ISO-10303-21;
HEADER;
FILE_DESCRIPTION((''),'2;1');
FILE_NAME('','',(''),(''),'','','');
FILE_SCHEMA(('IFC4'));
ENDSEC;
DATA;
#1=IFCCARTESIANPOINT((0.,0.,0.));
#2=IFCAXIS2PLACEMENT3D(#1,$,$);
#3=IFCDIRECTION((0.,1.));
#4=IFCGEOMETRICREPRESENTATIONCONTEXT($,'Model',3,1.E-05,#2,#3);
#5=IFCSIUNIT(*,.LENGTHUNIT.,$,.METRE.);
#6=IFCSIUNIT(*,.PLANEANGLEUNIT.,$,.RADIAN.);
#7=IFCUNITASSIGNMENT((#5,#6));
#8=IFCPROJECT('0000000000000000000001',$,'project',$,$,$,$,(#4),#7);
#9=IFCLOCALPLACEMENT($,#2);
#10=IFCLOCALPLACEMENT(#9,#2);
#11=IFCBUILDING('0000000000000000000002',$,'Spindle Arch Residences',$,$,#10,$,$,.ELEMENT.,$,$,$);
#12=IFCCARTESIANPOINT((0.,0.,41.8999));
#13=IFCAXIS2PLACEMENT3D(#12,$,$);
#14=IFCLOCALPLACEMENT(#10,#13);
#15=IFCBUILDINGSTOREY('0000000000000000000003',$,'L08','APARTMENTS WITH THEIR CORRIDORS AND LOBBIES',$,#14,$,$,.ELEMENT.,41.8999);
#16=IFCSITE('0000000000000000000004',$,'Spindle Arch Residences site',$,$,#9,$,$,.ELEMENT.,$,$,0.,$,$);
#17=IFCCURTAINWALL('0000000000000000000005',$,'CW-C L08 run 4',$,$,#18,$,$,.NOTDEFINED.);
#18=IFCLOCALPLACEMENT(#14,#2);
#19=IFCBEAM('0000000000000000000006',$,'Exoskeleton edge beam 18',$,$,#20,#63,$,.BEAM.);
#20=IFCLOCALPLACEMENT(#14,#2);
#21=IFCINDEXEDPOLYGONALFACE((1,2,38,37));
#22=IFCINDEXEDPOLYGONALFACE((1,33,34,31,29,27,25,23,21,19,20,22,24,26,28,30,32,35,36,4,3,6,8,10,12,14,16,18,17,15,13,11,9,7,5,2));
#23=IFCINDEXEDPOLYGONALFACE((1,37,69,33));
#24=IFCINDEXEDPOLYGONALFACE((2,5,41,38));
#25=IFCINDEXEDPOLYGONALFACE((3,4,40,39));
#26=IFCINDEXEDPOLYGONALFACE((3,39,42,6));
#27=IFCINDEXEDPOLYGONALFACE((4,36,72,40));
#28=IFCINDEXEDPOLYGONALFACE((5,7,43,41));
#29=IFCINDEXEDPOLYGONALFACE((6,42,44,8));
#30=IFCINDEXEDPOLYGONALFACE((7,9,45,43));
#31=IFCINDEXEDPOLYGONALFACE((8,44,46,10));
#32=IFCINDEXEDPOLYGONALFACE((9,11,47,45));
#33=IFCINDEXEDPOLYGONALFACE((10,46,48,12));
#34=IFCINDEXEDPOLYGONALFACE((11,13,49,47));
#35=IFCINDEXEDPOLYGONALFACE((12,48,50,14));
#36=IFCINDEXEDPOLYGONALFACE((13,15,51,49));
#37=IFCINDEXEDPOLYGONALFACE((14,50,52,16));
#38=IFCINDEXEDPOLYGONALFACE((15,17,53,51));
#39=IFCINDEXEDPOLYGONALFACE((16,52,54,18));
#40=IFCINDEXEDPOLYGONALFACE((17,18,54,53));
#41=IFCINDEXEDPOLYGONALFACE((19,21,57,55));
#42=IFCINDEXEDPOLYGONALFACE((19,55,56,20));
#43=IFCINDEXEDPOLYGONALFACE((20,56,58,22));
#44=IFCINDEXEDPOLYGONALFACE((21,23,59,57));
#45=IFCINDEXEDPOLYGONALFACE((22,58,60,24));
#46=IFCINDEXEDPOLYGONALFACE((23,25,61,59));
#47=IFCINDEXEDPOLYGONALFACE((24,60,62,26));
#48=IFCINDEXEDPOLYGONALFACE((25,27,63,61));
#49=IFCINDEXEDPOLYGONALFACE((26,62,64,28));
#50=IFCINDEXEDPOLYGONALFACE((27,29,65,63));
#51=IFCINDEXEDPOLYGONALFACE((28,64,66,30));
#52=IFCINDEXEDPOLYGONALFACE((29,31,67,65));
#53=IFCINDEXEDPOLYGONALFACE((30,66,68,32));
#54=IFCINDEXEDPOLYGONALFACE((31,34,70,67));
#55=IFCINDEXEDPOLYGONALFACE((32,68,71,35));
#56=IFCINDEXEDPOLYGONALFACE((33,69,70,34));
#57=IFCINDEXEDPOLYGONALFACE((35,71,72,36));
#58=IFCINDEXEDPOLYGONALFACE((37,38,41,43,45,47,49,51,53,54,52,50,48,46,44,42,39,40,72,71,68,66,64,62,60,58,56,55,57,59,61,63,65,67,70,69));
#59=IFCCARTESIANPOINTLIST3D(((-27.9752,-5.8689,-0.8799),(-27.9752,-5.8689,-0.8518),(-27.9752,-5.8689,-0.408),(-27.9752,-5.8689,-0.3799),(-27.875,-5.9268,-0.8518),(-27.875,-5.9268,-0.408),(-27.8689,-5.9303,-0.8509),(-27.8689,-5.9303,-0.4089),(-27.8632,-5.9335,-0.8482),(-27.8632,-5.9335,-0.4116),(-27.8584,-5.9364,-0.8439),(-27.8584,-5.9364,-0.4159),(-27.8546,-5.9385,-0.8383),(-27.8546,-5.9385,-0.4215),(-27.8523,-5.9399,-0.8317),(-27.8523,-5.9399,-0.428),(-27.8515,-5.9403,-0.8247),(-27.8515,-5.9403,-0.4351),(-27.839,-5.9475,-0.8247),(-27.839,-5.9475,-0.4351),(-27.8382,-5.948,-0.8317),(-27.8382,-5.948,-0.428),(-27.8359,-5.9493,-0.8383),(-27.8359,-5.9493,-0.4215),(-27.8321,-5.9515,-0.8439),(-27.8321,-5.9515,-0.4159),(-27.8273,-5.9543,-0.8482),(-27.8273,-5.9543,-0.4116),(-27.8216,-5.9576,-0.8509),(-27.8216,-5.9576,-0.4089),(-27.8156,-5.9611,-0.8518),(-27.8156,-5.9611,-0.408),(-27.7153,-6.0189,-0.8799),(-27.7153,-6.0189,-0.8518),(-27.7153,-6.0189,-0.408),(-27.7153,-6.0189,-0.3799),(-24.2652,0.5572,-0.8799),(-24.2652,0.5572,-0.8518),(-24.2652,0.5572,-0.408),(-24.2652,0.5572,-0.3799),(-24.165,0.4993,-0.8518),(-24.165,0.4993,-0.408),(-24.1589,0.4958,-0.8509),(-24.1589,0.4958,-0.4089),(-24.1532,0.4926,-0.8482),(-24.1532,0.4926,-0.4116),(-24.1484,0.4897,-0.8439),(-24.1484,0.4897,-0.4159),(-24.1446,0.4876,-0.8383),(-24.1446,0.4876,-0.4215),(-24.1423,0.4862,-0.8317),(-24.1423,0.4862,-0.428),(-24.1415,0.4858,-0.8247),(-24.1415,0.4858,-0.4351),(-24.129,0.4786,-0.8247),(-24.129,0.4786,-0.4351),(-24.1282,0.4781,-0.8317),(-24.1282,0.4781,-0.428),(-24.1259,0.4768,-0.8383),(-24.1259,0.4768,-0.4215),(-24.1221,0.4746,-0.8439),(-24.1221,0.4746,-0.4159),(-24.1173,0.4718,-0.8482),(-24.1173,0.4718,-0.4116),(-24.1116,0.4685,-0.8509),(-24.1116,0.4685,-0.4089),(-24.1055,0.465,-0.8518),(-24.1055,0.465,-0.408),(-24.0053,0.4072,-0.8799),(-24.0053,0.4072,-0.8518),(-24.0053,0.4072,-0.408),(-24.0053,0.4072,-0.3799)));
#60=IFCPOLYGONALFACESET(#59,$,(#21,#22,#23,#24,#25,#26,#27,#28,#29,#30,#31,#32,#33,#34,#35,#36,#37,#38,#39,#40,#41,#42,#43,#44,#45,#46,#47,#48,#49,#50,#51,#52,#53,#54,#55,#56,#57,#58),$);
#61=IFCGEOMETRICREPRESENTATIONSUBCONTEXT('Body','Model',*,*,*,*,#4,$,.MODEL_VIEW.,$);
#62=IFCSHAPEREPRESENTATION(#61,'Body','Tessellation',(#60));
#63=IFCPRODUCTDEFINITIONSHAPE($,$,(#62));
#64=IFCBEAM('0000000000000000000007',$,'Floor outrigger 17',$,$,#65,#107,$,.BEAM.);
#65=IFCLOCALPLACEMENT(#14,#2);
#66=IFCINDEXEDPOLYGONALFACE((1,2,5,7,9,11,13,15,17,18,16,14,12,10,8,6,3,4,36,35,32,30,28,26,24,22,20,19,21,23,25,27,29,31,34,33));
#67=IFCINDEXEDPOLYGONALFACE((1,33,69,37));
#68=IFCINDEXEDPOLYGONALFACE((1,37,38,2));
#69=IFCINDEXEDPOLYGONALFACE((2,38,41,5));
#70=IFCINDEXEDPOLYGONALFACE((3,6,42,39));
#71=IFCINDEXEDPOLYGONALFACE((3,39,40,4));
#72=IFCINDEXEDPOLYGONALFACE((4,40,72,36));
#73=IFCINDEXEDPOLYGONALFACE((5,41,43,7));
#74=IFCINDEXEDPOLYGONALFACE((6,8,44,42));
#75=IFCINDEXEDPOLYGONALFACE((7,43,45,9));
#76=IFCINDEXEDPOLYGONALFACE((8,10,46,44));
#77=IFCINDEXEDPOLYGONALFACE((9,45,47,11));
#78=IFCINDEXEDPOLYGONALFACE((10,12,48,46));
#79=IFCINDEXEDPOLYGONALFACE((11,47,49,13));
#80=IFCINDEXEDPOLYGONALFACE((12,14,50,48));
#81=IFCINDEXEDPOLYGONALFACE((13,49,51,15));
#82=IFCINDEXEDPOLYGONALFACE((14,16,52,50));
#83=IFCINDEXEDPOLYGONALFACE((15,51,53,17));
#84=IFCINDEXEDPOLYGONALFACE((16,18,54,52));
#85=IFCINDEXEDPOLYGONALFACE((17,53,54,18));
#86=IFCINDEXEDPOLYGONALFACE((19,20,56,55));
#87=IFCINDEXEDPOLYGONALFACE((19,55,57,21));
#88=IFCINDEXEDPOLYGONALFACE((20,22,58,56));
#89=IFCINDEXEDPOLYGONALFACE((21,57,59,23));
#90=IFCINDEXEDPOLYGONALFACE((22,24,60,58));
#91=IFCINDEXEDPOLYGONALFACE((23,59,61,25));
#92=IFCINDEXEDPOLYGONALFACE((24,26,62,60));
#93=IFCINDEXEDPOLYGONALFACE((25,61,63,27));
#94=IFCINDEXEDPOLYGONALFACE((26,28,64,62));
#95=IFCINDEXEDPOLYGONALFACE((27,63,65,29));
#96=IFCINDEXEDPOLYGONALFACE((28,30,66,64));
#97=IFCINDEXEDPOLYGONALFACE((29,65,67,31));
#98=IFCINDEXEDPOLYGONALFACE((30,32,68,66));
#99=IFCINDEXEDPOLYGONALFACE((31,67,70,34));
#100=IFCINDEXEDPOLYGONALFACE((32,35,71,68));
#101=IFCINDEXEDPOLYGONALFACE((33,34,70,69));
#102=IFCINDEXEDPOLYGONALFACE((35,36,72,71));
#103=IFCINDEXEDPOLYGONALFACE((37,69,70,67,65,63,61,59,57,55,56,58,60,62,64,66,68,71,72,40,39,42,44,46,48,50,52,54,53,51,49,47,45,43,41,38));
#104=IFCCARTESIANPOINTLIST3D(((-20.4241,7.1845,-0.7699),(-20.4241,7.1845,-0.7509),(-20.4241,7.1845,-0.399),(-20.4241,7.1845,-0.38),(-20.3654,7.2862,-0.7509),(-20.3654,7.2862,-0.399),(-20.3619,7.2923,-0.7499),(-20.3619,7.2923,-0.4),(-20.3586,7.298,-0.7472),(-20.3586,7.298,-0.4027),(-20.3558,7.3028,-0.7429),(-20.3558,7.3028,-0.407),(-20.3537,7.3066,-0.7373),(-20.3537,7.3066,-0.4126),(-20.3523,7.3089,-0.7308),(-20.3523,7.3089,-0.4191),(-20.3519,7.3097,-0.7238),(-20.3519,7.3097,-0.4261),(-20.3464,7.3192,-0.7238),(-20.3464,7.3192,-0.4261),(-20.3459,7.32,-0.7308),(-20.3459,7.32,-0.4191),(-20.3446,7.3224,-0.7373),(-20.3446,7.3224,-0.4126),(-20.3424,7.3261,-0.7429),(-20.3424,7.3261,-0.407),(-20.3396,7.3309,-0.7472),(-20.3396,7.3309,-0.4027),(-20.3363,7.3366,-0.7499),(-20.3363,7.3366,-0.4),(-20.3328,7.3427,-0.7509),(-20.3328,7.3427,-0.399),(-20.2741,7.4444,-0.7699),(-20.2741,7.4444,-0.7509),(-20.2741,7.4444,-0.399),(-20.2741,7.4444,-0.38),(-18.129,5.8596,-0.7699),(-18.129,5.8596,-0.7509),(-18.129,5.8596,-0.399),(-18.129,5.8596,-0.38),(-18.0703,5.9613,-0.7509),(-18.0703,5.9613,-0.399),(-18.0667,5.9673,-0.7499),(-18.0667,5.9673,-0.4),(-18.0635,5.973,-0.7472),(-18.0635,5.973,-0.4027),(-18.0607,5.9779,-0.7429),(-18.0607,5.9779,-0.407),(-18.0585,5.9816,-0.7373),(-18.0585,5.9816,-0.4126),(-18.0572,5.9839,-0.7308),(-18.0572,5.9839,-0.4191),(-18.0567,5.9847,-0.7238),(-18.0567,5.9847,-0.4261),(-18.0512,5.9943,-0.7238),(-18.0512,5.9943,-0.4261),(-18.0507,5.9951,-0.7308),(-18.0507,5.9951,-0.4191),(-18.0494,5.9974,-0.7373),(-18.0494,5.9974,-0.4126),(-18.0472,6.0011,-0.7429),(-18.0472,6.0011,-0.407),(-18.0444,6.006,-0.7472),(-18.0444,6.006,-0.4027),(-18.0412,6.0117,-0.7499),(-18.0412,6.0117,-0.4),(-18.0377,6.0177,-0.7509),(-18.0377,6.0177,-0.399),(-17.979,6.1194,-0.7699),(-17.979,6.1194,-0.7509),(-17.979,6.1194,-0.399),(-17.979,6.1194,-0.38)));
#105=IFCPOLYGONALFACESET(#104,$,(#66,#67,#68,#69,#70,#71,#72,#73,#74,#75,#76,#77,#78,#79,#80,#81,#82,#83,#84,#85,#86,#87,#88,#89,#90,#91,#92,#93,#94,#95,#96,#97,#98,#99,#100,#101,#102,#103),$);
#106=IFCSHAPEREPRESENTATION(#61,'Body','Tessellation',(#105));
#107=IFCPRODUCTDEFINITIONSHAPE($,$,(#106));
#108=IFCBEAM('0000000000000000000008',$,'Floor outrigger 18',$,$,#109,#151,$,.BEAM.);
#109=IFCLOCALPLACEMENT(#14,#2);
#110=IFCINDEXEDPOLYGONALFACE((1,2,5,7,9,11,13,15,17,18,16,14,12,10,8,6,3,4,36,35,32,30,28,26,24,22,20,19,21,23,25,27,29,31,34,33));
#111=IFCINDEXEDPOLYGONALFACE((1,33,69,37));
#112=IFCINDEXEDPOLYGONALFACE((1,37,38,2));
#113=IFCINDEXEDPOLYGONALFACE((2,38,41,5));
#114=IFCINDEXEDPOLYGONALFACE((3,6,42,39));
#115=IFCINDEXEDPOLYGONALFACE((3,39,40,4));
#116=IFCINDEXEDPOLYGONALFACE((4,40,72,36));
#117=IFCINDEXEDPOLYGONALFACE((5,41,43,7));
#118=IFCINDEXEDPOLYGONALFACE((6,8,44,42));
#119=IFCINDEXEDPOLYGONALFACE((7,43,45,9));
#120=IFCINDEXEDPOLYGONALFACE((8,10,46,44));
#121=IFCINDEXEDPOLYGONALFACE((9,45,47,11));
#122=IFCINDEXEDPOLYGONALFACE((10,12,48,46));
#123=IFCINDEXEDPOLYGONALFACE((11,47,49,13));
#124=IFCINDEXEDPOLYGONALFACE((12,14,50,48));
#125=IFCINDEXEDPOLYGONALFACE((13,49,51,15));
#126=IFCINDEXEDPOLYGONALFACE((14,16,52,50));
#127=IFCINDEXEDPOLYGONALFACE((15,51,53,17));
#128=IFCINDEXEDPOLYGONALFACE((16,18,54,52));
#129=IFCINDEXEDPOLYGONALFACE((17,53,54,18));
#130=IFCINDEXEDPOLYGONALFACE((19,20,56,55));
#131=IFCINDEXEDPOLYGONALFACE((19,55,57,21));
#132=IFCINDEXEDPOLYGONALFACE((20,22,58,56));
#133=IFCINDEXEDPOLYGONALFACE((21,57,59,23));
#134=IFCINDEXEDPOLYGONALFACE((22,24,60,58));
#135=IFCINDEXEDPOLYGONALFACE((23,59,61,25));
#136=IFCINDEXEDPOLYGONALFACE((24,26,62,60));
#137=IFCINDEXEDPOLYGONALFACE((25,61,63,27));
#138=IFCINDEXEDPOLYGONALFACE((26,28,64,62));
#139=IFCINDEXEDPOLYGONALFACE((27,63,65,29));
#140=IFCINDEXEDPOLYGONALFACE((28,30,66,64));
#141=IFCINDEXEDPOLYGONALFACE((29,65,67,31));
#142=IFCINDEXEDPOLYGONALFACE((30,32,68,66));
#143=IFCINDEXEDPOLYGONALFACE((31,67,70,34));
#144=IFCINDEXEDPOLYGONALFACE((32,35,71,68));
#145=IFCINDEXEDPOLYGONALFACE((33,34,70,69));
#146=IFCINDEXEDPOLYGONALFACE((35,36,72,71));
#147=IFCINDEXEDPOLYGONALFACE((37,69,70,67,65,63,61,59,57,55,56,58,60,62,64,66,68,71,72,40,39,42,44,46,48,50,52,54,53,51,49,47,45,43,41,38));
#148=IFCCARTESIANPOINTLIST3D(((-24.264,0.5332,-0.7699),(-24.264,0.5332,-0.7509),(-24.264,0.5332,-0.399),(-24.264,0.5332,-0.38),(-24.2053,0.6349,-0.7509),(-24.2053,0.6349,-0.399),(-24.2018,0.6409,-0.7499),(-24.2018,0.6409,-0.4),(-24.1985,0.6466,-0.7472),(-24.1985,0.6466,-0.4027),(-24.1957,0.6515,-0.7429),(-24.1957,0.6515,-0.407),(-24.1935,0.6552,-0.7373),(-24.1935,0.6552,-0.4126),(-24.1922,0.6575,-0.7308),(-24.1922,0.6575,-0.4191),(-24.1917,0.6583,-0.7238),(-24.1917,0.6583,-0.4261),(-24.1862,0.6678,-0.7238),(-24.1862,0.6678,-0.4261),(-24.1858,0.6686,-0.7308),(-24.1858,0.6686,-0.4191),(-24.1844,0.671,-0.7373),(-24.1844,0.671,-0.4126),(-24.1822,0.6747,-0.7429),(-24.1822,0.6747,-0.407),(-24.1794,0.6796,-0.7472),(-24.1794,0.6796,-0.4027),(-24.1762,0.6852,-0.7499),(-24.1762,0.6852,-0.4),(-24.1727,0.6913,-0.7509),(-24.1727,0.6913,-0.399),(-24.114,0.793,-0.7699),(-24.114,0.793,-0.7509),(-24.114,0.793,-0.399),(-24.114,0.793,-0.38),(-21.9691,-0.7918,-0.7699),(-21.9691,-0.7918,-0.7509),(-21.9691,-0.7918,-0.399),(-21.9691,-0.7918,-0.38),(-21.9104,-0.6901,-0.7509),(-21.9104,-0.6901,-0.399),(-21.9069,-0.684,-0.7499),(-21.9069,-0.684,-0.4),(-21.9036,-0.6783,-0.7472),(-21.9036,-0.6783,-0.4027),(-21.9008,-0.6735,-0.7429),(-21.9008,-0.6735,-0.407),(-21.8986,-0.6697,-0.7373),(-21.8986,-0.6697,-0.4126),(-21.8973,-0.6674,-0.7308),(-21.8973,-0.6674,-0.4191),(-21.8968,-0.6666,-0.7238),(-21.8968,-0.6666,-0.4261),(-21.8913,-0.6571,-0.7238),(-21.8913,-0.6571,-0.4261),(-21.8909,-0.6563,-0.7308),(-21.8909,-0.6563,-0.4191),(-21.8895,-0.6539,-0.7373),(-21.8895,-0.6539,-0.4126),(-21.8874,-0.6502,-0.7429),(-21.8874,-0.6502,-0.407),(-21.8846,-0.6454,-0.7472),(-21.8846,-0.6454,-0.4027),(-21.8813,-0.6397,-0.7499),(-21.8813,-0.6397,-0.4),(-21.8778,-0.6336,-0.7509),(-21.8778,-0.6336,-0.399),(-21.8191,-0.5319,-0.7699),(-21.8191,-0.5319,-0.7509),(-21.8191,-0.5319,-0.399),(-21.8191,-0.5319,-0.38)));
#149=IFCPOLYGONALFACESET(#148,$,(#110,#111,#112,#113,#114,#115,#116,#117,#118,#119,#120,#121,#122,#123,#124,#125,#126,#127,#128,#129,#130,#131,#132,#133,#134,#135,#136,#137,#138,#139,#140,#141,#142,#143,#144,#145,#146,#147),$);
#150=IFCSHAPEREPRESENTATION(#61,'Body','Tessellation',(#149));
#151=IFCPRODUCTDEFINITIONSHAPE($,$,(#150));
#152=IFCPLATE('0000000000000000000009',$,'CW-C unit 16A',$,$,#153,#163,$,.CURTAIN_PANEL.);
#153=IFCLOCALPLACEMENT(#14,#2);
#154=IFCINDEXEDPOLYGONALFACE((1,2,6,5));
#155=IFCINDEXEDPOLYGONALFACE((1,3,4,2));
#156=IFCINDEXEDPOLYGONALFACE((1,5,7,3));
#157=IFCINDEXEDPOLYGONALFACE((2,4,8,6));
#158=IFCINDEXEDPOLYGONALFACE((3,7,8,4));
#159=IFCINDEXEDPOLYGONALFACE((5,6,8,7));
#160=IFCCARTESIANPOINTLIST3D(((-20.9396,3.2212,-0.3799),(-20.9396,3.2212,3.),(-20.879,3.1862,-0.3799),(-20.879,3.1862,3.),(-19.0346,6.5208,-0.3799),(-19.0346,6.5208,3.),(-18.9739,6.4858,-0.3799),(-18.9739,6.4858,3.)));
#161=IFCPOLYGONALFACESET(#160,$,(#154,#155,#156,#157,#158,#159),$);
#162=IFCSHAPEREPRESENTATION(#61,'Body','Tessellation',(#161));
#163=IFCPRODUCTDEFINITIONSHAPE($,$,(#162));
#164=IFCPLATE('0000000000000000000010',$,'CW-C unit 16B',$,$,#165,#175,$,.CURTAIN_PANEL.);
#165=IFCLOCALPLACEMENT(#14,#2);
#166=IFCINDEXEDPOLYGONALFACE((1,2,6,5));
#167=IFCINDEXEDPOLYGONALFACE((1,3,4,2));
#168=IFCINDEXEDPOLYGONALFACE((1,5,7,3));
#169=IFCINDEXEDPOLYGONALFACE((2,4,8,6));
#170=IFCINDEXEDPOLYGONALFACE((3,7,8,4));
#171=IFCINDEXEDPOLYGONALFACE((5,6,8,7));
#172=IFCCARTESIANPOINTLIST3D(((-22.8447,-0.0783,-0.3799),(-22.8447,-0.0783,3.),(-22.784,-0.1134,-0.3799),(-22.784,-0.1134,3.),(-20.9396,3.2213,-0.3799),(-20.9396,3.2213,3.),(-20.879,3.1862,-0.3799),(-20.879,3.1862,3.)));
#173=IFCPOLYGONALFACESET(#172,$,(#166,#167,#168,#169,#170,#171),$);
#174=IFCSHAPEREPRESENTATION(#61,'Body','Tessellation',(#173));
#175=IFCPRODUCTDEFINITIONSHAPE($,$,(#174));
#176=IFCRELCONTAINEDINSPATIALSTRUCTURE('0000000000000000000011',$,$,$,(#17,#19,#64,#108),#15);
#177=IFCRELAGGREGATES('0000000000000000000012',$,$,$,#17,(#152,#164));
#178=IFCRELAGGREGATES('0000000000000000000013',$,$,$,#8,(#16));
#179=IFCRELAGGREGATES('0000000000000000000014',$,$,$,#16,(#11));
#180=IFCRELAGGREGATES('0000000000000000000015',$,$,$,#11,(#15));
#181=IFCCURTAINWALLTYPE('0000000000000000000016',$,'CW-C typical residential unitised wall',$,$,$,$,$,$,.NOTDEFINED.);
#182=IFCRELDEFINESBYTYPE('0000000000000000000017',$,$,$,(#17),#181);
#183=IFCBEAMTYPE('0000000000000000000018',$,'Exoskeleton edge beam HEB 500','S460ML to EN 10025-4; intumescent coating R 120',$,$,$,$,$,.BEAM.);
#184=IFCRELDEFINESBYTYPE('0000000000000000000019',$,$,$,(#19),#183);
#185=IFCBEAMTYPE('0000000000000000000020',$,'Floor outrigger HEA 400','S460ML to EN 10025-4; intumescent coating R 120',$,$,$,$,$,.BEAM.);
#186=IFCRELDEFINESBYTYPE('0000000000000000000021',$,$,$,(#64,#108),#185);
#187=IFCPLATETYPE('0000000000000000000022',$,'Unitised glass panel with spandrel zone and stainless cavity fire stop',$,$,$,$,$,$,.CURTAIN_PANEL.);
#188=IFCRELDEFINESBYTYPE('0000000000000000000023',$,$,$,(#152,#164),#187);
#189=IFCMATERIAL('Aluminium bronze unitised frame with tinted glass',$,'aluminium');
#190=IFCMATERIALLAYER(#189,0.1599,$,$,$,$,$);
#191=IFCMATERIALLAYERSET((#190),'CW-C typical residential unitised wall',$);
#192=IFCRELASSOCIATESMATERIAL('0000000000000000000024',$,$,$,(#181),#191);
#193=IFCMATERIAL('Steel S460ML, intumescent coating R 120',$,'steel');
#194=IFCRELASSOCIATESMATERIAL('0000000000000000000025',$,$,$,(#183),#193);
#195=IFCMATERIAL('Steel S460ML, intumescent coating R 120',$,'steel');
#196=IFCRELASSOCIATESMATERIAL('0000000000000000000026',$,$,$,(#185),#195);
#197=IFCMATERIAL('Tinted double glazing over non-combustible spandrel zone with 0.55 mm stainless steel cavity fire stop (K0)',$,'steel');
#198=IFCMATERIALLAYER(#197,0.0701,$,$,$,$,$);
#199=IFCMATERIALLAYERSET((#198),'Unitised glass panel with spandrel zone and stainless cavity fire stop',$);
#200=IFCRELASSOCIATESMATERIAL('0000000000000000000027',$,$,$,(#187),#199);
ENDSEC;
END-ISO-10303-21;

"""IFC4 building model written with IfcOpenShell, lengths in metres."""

from ifc_helpers import new_model, si_unit, direction, frame, origin, origin_2d, place, context, subcontext, project, spatial, rectangle, i_section, extrude, material, layer, layer_set, material_profile, profile_set, type_object, element, aggregate, save


model = new_model("IFC4")

# Units and contexts
model_context = context("Model", 3, precision=1e-05, world=origin(), true_north=direction((0.0, 1.0)))
body_context = subcontext(model_context, "Body", "Model", "MODEL_VIEW")
ifc_project = project(units=[si_unit("LENGTHUNIT", "METRE"), si_unit("PLANEANGLEUNIT", "RADIAN")], contexts=[model_context])

# Site, building, storey
site_placement = place(None, origin())
site = spatial("IfcSite", under=ifc_project, at=site_placement, Name="Spindle Arch Residences site", CompositionType="ELEMENT", RefElevation=0.0)
building_placement = place(site_placement, origin())
building = spatial("IfcBuilding", under=site, at=building_placement, Name="Spindle Arch Residences", CompositionType="ELEMENT")
storey_placement = place(building_placement, frame((0.0, 0.0, 41.8999)))
storey = spatial("IfcBuildingStorey", under=building, at=storey_placement, Name="L08", Description="APARTMENTS WITH THEIR CORRIDORS AND LOBBIES", CompositionType="ELEMENT", Elevation=41.8999)

# Curtain wall
ifc_material_1 = material(Name="Aluminium bronze unitised frame with tinted glass", Category="aluminium")
ifc_layer_1 = layer(ifc_material_1, 0.1599)
ifc_layer_set_1 = layer_set([ifc_layer_1], Name="CW-C typical residential unitised wall")
curtain_wall_type = type_object("IfcCurtainWallType", Name="CW-C typical residential unitised wall", PredefinedType="NOTDEFINED", material=ifc_layer_set_1)
curtain_wall_placement = place(storey_placement, origin())
curtain_wall = element("IfcCurtainWall", 1, at=curtain_wall_placement, inside=storey, type_object=curtain_wall_type, Name="CW-C L08 run 4", PredefinedType="NOTDEFINED")

# Beams
ifc_material_2 = material(Name="Steel S460ML, intumescent coating R 120", Category="steel")
ifc_material_profile_1 = material_profile(ifc_material_2, i_section(OverallWidth=0.3, OverallDepth=0.5, WebThickness=0.0144, FlangeThickness=0.0281, FilletRadius=0.0271, at=origin_2d()), Name="HEB 500")
ifc_profile_set_1 = profile_set([ifc_material_profile_1], Name="Steel S460ML, intumescent coating R 120")
beam_type_1 = type_object("IfcBeamType", Name="Exoskeleton edge beam HEB 500", Description="S460ML to EN 10025-4; intumescent coating R 120", PredefinedType="BEAM", material=ifc_profile_set_1)
for number, where, z_axis, x_axis, name in (
    (2, (-24.1353, 0.4822, -0.6299), (-0.499989, -0.866032, 0.0), (0.866032, -0.499989, 0.0), "Exoskeleton edge beam 18"),
):
    element("IfcBeam", number, at=place(storey_placement, frame(where, z_axis=z_axis, x_axis=x_axis)), inside=storey, type_object=beam_type_1, Name=name, PredefinedType="BEAM", context=body_context, shape_type="SweptSolid", body=[
        extrude(i_section(OverallWidth=0.3, OverallDepth=0.5, WebThickness=0.0144, FlangeThickness=0.0281, FilletRadius=0.0271, at=origin_2d()), origin(), (0.0, 0.0, 1.0), 7.4202),
    ])
ifc_material_3 = material(Name="Steel S460ML, intumescent coating R 120", Category="steel")
ifc_material_profile_2 = material_profile(ifc_material_3, i_section(OverallWidth=0.3, OverallDepth=0.3899, WebThickness=0.011, FlangeThickness=0.019, FilletRadius=0.0271, at=origin_2d()), Name="HEA 400")
ifc_profile_set_2 = profile_set([ifc_material_profile_2], Name="Steel S460ML, intumescent coating R 120")
beam_type_2 = type_object("IfcBeamType", Name="Floor outrigger HEA 400", Description="S460ML to EN 10025-4; intumescent coating R 120", PredefinedType="BEAM", material=ifc_profile_set_2)
beam_1_placement = place(storey_placement, frame((-20.3491, 7.3145, -0.575), z_axis=(0.866052, -0.499954, 0.0), x_axis=(0.499954, 0.866052, 0.0)))
element("IfcBeam", 3, at=beam_1_placement, inside=storey, type_object=beam_type_2, Name="Floor outrigger 17", PredefinedType="BEAM", context=body_context, shape_type="SweptSolid", body=[
    extrude(i_section(OverallWidth=0.3, OverallDepth=0.3899, WebThickness=0.011, FlangeThickness=0.019, FilletRadius=0.0271, at=origin_2d()), origin(), (0.0, 0.0, 1.0), 2.6501),
])
beam_2_placement = place(storey_placement, frame((-24.189, 0.6631, -0.575), z_axis=(0.866029, -0.499994, 0.0), x_axis=(0.499994, 0.866029, 0.0)))
element("IfcBeam", 4, at=beam_2_placement, inside=storey, type_object=beam_type_2, Name="Floor outrigger 18", PredefinedType="BEAM", context=body_context, shape_type="SweptSolid", body=[
    extrude(i_section(OverallWidth=0.3, OverallDepth=0.3899, WebThickness=0.011, FlangeThickness=0.019, FilletRadius=0.0271, at=origin_2d()), origin(), (0.0, 0.0, 1.0), 2.6499),
])

# Plates
ifc_material_4 = material(Name="Tinted double glazing over non-combustible spandrel zone with 0.55 mm stainless steel cavity fire stop (K0)", Category="steel")
ifc_layer_2 = layer(ifc_material_4, 0.0701)
ifc_layer_set_2 = layer_set([ifc_layer_2], Name="Unitised glass panel with spandrel zone and stainless cavity fire stop")
plate_type = type_object("IfcPlateType", Name="Unitised glass panel with spandrel zone and stainless cavity fire stop", PredefinedType="CURTAIN_PANEL", material=ifc_layer_set_2)
plate_1_placement = place(storey_placement, frame((-19.9568, 4.8535, -0.3799), z_axis=(0.0, 0.0, 1.0), x_axis=(-0.5, -0.866025, 0.0)))
plate_1 = element("IfcPlate", 5, at=plate_1_placement, type_object=plate_type, Name="CW-C unit 16A", PredefinedType="CURTAIN_PANEL", context=body_context, shape_type="SweptSolid", body=[
    extrude(rectangle(XDim=3.8101, YDim=0.0701, at=origin_2d()), origin(), (0.0, 0.0, 1.0), 3.3799),
])
plate_2_placement = place(storey_placement, frame((-21.8618, 1.554, -0.3799), z_axis=(0.0, 0.0, 1.0), x_axis=(-0.5, -0.866025, 0.0)))
plate_2 = element("IfcPlate", 6, at=plate_2_placement, type_object=plate_type, Name="CW-C unit 16B", PredefinedType="CURTAIN_PANEL", context=body_context, shape_type="SweptSolid", body=[
    extrude(rectangle(XDim=3.8101, YDim=0.0701, at=origin_2d()), origin(), (0.0, 0.0, 1.0), 3.3799),
])
aggregate(curtain_wall, [plate_1, plate_2])

save(model, "model.ifc")
